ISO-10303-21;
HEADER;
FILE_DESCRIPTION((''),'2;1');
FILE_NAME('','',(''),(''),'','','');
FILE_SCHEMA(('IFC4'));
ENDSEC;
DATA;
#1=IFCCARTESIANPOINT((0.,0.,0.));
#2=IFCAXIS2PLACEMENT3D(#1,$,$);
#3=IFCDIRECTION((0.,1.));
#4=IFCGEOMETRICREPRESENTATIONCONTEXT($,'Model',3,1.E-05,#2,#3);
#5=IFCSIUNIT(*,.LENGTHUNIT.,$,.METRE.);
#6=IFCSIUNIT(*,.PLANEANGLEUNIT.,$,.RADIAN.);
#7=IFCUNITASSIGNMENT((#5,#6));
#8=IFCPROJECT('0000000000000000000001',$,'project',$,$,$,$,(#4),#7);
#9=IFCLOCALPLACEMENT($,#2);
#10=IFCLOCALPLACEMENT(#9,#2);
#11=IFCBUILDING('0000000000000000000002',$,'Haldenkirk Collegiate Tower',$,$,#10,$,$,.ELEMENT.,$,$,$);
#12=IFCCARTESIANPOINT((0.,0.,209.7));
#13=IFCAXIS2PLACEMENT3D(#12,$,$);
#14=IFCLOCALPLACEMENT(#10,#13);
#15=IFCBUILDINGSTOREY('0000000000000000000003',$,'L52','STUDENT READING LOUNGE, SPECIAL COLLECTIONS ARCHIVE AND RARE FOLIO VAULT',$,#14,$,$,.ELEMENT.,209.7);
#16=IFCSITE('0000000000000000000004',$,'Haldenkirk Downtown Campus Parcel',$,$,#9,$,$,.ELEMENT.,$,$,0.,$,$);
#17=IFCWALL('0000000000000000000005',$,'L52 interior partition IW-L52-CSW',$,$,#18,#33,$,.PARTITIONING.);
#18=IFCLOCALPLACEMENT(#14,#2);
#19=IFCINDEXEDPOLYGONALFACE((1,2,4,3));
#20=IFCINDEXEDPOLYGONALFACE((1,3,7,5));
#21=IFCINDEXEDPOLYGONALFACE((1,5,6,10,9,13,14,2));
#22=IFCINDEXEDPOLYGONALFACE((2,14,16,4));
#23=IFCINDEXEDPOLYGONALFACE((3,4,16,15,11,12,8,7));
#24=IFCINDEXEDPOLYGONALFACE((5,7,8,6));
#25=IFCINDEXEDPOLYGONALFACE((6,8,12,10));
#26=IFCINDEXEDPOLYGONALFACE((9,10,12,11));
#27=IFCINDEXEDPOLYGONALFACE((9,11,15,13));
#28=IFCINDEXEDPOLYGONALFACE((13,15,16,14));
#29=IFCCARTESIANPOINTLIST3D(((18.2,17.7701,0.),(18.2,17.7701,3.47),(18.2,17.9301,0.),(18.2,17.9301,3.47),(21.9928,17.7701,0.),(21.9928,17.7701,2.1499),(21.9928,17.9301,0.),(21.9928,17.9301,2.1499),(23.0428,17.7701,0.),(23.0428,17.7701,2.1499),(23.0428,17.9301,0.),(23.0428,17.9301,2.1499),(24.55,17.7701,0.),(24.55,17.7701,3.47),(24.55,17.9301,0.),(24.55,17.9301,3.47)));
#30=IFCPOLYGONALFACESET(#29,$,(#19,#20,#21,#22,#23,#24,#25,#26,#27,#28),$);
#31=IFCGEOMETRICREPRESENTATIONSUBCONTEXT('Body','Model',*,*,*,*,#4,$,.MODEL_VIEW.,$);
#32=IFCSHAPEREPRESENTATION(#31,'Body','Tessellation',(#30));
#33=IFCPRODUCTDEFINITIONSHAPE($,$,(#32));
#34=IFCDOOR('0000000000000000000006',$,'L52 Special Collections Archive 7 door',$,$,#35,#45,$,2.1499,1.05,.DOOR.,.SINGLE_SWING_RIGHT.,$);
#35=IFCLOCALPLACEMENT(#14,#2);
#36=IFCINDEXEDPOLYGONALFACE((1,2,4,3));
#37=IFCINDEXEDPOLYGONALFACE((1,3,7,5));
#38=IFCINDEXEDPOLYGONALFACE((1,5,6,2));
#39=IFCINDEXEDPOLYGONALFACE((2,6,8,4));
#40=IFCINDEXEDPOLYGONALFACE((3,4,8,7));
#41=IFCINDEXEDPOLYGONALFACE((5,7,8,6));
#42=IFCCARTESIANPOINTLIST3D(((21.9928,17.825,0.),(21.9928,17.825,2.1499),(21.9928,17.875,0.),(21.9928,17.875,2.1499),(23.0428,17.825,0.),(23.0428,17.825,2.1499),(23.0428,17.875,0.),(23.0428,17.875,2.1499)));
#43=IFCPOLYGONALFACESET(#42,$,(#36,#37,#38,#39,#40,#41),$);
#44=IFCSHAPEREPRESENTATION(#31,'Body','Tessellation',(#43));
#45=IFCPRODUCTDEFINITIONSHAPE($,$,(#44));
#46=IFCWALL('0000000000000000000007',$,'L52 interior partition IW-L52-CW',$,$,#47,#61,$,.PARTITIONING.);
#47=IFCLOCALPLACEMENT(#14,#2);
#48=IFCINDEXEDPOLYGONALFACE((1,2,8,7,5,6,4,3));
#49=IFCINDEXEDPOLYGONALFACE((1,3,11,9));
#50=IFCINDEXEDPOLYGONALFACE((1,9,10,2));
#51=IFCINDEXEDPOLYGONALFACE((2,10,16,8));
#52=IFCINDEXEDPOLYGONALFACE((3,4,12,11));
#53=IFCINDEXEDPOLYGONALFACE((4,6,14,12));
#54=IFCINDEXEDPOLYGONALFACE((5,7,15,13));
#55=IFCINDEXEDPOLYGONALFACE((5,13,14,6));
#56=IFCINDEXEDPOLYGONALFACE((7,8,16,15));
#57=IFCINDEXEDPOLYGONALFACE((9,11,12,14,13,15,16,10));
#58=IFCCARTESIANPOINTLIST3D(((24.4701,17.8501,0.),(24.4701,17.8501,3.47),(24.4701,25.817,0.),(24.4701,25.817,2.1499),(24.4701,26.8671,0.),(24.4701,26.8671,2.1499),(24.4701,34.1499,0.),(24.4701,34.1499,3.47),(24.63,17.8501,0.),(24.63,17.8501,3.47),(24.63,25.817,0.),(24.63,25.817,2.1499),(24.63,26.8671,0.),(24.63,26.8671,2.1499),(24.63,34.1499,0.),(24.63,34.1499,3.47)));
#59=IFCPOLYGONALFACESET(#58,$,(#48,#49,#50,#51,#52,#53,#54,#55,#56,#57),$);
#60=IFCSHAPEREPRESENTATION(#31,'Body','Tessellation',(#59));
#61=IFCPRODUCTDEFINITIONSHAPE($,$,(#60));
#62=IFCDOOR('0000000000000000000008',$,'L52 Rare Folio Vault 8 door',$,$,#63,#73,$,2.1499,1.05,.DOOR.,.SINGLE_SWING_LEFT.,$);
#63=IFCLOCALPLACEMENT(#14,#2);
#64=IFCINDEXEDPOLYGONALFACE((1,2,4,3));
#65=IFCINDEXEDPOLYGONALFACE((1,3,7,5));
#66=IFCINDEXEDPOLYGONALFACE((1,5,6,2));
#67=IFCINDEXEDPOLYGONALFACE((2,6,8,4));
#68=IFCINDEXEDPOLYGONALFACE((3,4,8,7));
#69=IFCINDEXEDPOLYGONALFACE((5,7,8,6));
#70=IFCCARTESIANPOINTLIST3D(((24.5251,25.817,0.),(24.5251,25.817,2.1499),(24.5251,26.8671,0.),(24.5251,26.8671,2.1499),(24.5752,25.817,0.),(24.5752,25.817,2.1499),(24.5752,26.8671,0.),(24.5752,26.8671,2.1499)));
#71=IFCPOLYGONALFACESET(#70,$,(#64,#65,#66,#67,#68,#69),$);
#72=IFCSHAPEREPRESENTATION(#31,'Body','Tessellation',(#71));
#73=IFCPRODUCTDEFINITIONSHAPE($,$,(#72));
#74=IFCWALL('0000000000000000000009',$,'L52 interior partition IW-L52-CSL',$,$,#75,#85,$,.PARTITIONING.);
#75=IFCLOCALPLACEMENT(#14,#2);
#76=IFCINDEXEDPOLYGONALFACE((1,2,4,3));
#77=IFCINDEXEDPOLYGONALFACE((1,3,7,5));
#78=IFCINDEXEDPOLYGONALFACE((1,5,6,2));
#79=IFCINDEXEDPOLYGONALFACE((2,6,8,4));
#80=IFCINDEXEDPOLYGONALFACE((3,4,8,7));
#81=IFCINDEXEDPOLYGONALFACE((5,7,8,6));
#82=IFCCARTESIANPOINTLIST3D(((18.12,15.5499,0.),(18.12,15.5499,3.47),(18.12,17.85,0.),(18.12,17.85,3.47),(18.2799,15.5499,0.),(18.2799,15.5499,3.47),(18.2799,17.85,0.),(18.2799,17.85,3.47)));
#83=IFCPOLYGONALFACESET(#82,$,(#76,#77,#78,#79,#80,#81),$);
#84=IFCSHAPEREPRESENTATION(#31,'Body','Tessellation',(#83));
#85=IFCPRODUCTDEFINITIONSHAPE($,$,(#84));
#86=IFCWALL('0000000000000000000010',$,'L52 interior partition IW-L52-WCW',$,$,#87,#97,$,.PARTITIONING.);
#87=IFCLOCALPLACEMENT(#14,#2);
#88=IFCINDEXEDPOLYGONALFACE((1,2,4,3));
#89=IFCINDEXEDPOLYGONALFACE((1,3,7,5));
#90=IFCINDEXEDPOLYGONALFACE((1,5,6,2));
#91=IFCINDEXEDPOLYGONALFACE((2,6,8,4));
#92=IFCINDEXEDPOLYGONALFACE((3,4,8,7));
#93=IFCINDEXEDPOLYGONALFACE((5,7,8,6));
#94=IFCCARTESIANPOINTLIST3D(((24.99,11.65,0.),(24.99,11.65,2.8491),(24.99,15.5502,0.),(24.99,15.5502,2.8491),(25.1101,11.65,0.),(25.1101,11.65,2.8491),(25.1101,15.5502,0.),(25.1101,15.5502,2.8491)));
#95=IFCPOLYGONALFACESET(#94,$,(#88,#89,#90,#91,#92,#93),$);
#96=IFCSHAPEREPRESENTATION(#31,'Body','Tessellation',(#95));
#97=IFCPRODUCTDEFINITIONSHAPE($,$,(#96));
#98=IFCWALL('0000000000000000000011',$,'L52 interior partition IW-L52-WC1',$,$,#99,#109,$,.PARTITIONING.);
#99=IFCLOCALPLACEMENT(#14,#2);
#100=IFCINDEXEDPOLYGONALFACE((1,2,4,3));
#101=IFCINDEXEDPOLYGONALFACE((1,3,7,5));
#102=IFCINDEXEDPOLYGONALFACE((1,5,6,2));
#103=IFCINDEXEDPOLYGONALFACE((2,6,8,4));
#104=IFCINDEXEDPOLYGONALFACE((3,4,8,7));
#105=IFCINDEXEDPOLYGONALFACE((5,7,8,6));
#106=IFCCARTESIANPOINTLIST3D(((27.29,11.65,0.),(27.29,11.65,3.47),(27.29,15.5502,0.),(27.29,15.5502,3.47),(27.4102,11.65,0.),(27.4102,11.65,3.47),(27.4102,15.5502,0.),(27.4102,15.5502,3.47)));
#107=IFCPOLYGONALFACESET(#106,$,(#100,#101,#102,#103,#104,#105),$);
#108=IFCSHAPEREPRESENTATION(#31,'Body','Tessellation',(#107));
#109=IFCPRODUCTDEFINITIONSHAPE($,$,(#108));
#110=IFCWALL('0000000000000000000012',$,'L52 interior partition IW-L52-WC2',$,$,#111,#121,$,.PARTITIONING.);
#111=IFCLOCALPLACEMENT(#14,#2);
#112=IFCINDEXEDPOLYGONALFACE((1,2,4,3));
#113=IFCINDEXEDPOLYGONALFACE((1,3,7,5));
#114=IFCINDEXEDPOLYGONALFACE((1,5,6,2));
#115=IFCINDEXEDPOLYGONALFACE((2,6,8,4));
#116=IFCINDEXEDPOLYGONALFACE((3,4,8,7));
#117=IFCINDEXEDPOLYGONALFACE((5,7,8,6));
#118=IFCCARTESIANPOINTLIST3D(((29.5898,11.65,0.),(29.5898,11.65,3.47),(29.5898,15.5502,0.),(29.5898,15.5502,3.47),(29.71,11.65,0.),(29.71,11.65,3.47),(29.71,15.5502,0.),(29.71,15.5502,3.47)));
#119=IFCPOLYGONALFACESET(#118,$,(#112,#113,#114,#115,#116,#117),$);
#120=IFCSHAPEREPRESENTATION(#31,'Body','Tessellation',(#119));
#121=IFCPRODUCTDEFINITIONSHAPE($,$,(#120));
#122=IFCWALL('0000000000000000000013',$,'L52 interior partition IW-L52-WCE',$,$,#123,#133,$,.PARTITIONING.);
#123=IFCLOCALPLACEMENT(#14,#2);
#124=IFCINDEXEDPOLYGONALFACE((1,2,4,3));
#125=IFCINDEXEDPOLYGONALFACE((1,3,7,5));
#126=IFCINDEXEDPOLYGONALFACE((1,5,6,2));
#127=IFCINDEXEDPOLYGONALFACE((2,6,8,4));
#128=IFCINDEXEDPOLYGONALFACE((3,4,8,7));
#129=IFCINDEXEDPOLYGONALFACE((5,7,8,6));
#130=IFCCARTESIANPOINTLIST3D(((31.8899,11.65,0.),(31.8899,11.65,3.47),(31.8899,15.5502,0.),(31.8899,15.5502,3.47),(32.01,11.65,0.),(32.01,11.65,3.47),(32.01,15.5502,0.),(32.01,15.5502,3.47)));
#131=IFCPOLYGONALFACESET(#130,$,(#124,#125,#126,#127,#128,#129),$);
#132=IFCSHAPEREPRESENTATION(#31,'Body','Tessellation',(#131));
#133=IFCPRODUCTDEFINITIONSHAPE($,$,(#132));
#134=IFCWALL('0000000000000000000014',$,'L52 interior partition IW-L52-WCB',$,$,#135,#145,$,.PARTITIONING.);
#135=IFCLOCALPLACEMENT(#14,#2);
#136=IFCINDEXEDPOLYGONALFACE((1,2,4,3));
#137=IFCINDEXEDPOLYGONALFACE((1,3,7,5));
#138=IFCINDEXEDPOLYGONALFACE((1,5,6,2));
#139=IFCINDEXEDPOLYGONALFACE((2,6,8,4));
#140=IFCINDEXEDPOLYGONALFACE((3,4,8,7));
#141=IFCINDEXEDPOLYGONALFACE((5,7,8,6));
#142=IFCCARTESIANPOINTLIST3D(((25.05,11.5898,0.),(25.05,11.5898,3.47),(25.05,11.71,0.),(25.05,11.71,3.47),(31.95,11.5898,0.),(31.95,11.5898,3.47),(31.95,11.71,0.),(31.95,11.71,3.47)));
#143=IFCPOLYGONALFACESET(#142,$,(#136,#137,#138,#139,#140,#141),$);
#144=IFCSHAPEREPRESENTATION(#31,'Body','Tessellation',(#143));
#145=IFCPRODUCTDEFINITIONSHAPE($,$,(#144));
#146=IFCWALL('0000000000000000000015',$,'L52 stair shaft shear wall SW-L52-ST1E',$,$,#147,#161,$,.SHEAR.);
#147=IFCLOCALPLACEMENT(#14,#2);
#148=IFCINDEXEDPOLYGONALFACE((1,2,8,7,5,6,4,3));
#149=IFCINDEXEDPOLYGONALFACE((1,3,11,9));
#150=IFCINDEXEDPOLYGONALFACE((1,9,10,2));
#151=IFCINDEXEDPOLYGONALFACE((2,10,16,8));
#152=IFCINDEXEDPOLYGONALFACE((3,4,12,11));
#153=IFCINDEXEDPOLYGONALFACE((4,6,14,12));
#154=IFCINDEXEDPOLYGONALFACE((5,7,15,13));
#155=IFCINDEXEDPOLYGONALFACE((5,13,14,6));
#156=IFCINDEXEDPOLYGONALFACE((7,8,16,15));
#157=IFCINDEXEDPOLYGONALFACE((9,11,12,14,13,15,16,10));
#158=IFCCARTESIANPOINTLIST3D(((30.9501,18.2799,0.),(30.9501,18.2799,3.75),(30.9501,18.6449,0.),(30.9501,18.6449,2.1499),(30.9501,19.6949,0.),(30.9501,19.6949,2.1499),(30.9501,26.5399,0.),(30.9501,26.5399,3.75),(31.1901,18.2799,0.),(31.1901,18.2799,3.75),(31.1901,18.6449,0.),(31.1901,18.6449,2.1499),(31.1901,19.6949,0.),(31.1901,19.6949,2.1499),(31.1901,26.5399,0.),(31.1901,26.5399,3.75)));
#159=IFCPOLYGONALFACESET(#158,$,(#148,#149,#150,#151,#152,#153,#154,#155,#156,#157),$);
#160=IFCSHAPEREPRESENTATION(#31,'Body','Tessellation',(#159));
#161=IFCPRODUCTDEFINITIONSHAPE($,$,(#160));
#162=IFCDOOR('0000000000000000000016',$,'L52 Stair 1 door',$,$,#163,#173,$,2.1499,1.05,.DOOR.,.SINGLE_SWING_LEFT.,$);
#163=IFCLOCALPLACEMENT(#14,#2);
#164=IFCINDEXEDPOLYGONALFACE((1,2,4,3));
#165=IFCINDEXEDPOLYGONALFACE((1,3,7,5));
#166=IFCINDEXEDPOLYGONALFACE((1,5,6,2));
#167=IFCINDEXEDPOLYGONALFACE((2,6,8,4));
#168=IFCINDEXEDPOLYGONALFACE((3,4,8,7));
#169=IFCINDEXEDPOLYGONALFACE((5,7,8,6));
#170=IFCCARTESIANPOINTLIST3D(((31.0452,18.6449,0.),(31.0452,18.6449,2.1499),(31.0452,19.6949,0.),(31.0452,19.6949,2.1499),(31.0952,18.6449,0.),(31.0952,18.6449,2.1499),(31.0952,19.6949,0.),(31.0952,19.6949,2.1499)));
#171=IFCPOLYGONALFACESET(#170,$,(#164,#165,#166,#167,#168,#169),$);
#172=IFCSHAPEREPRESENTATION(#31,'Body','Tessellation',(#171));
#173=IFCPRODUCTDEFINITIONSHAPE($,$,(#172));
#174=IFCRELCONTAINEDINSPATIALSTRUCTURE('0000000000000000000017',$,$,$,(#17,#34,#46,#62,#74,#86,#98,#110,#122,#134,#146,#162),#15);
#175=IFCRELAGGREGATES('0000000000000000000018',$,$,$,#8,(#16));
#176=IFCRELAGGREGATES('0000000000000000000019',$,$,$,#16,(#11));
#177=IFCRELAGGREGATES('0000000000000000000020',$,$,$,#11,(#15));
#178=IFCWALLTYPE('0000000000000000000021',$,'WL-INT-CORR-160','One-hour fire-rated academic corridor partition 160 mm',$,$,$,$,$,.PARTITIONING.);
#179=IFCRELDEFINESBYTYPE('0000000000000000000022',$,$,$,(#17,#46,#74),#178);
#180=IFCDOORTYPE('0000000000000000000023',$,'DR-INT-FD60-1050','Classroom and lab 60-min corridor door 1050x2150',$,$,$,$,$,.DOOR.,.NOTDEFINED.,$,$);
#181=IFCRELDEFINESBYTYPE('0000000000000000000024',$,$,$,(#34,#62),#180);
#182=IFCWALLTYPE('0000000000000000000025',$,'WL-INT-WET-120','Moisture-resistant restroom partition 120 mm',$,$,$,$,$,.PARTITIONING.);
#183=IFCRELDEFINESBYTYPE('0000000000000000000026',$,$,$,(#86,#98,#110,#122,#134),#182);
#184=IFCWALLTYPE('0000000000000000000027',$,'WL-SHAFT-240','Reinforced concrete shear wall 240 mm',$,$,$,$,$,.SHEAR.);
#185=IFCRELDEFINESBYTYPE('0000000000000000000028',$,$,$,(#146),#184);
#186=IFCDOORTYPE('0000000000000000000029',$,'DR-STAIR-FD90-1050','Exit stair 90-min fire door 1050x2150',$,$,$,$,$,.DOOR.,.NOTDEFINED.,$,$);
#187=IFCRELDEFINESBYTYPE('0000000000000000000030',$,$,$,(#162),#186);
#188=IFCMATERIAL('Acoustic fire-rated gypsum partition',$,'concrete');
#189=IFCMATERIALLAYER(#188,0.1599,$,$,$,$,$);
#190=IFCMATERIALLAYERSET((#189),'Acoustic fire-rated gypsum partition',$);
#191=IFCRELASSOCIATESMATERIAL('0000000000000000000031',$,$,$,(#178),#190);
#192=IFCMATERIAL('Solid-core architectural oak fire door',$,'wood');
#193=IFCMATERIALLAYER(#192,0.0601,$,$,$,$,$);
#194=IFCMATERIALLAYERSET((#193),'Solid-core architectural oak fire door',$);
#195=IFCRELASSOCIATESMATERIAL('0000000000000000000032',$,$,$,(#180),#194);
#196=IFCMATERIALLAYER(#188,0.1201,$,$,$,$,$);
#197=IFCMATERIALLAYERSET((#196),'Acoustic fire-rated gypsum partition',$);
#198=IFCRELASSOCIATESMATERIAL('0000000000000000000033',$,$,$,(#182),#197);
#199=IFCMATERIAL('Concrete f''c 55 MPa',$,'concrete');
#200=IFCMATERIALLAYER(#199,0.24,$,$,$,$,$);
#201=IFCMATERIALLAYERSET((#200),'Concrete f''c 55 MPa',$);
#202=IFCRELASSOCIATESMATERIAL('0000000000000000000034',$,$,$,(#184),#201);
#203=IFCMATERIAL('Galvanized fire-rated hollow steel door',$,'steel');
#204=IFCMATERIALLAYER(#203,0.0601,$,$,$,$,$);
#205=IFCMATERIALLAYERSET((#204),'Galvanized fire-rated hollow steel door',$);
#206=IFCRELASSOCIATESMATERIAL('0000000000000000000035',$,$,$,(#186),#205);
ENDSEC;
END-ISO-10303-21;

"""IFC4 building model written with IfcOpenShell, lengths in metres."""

from ifc_helpers import new_model, si_unit, direction, frame, frame_2d, origin, place, context, subcontext, project, spatial, rectangle, extrude, material, layer, layer_set, type_object, element, fill, save


model = new_model("IFC4")

# Units and contexts
model_context = context("Model", 3, precision=1e-05, world=origin(), true_north=direction((0.0, 1.0)))
body_context = subcontext(model_context, "Body", "Model", "MODEL_VIEW")
ifc_project = project(units=[si_unit("LENGTHUNIT", "METRE"), si_unit("PLANEANGLEUNIT", "RADIAN")], contexts=[model_context])

# Site, building, storey
site_placement = place(None, origin())
site = spatial("IfcSite", under=ifc_project, at=site_placement, Name="Haldenkirk Downtown Campus Parcel", CompositionType="ELEMENT", RefElevation=0.0)
building_placement = place(site_placement, origin())
building = spatial("IfcBuilding", under=site, at=building_placement, Name="Haldenkirk Collegiate Tower", CompositionType="ELEMENT")
storey_placement = place(building_placement, frame((0.0, 0.0, 209.7)))
storey = spatial("IfcBuildingStorey", under=building, at=storey_placement, Name="L52", Description="STUDENT READING LOUNGE, SPECIAL COLLECTIONS ARCHIVE AND RARE FOLIO VAULT", CompositionType="ELEMENT", Elevation=209.7)

# Shared definitions
ifc_material_1 = material(Name="Concrete f'c 55 MPa", Category="concrete")
ifc_material_2 = material(Name="Galvanized fire-rated hollow steel door", Category="steel")

# Shared definitions
ifc_material_3 = material(Name="Acoustic fire-rated gypsum partition", Category="concrete")
ifc_layer_1 = layer(ifc_material_3, 0.1599)
ifc_layer_set_1 = layer_set([ifc_layer_1], Name="Acoustic fire-rated gypsum partition")
wall_type_1 = type_object("IfcWallType", Name="WL-INT-CORR-160", Description="One-hour fire-rated academic corridor partition 160 mm", PredefinedType="PARTITIONING", material=ifc_layer_set_1)
ifc_material_4 = material(Name="Solid-core architectural oak fire door", Category="wood")
ifc_layer_2 = layer(ifc_material_4, 0.0601)
ifc_layer_set_2 = layer_set([ifc_layer_2], Name="Solid-core architectural oak fire door")
door_type_1 = type_object("IfcDoorType", Name="DR-INT-FD60-1050", Description="Classroom and lab 60-min corridor door 1050x2150", OperationType="NOTDEFINED", PredefinedType="DOOR", material=ifc_layer_set_2)

# Walls, openings, doors
wall_1_placement = place(storey_placement, frame((18.2, 17.8501, 0.0), z_axis=(0.0, 0.0, 1.0), x_axis=(1.0, 0.0, 0.0)))
wall_1 = element("IfcWall", 1, at=wall_1_placement, inside=storey, type_object=wall_type_1, Name="L52 interior partition IW-L52-CSW", PredefinedType="PARTITIONING", context=body_context, shape_type="SweptSolid", body=[
    extrude(rectangle(XDim=6.3501, YDim=0.1599, at=frame_2d((3.175, 0.0))), origin(), (0.0, 0.0, 1.0), 3.47),
])
opening_1_placement = place(wall_1_placement, frame((3.793, 0.0, 0.0)))
opening_1 = element("IfcOpeningElement", 2, at=opening_1_placement, cuts=wall_1, PredefinedType="OPENING", context=body_context, shape_type="SweptSolid", body=[
    extrude(rectangle(XDim=1.05, YDim=2.1499, at=frame_2d((0.5249, 1.075))), frame((0.0, 0.0898, 0.0), z_axis=(0.0, -1.0, 0.0), x_axis=(1.0, 0.0, 0.0)), (0.0, 0.0, 1.0), 0.1799),
])
door_1_placement = place(opening_1_placement, origin())
door_1 = element("IfcDoor", 3, at=door_1_placement, inside=storey, type_object=door_type_1, Name="L52 Special Collections Archive 7 door", OperationType="SINGLE_SWING_RIGHT", OverallHeight=2.1499, OverallWidth=1.05, PredefinedType="DOOR", context=body_context, shape_type="SweptSolid", body=[
    extrude(rectangle(XDim=1.05, YDim=2.1499, at=frame_2d((0.5249, 1.075))), frame((0.0, 0.0249, 0.0), z_axis=(0.0, -1.0, 0.0), x_axis=(1.0, 0.0, 0.0)), (0.0, 0.0, 1.0), 0.05),
])
fill(opening_1, door_1)
wall_2_placement = place(storey_placement, frame((24.55, 17.8501, 0.0), z_axis=(0.0, 0.0, 1.0), x_axis=(0.0, 1.0, 0.0)))
wall_2 = element("IfcWall", 4, at=wall_2_placement, inside=storey, type_object=wall_type_1, Name="L52 interior partition IW-L52-CW", PredefinedType="PARTITIONING", context=body_context, shape_type="SweptSolid", body=[
    extrude(rectangle(XDim=16.2998, YDim=0.1599, at=frame_2d((8.1499, 0.0))), origin(), (0.0, 0.0, 1.0), 3.47),
])
opening_2_placement = place(wall_2_placement, frame((7.967, 0.0, 0.0)))
opening_2 = element("IfcOpeningElement", 5, at=opening_2_placement, cuts=wall_2, PredefinedType="OPENING", context=body_context, shape_type="SweptSolid", body=[
    extrude(rectangle(XDim=1.05, YDim=2.1499, at=frame_2d((0.5249, 1.075))), frame((0.0, 0.0898, 0.0), z_axis=(0.0, -1.0, 0.0), x_axis=(1.0, 0.0, 0.0)), (0.0, 0.0, 1.0), 0.1799),
])
door_2_placement = place(opening_2_placement, origin())
door_2 = element("IfcDoor", 6, at=door_2_placement, inside=storey, type_object=door_type_1, Name="L52 Rare Folio Vault 8 door", OperationType="SINGLE_SWING_LEFT", OverallHeight=2.1499, OverallWidth=1.05, PredefinedType="DOOR", context=body_context, shape_type="SweptSolid", body=[
    extrude(rectangle(XDim=1.05, YDim=2.1499, at=frame_2d((0.5249, 1.075))), frame((0.0, 0.0249, 0.0), z_axis=(0.0, -1.0, 0.0), x_axis=(1.0, 0.0, 0.0)), (0.0, 0.0, 1.0), 0.05),
])
fill(opening_2, door_2)

# Walls
wall_3_placement = place(storey_placement, frame((18.2, 15.55, 0.0), z_axis=(0.0, 0.0, 1.0), x_axis=(0.0, 1.0, 0.0)))
element("IfcWall", 7, at=wall_3_placement, inside=storey, type_object=wall_type_1, Name="L52 interior partition IW-L52-CSL", PredefinedType="PARTITIONING", context=body_context, shape_type="SweptSolid", body=[
    extrude(rectangle(XDim=2.3, YDim=0.1599, at=frame_2d((1.1499, 0.0))), origin(), (0.0, 0.0, 1.0), 3.47),
])
ifc_layer_3 = layer(ifc_material_3, 0.1201)
ifc_layer_set_3 = layer_set([ifc_layer_3], Name="Acoustic fire-rated gypsum partition")
wall_type_2 = type_object("IfcWallType", Name="WL-INT-WET-120", Description="Moisture-resistant restroom partition 120 mm", PredefinedType="PARTITIONING", material=ifc_layer_set_3)
wall_4_placement = place(storey_placement, frame((25.05, 11.6499, 0.0), z_axis=(0.0, 0.0, 1.0), x_axis=(0.0, 1.0, 0.0)))
element("IfcWall", 8, at=wall_4_placement, inside=storey, type_object=wall_type_2, Name="L52 interior partition IW-L52-WCW", PredefinedType="PARTITIONING", context=body_context, shape_type="SweptSolid", body=[
    extrude(rectangle(XDim=3.9001, YDim=0.1201, at=frame_2d((1.9502, 0.0))), origin(), (0.0, 0.0, 1.0), 2.8491),
])
for number, where, z_axis, x_axis, name in (
    (9, (27.3501, 11.6499, 0.0), (0.0, 0.0, 1.0), (0.0, 1.0, 0.0), "L52 interior partition IW-L52-WC1"),
    (10, (29.6499, 11.6499, 0.0), (0.0, 0.0, 1.0), (0.0, 1.0, 0.0), "L52 interior partition IW-L52-WC2"),
    (11, (31.95, 11.6499, 0.0), (0.0, 0.0, 1.0), (0.0, 1.0, 0.0), "L52 interior partition IW-L52-WCE"),
):
    element("IfcWall", number, at=place(storey_placement, frame(where, z_axis=z_axis, x_axis=x_axis)), inside=storey, type_object=wall_type_2, Name=name, PredefinedType="PARTITIONING", context=body_context, shape_type="SweptSolid", body=[
        extrude(rectangle(XDim=3.9001, YDim=0.1201, at=frame_2d((1.9502, 0.0))), origin(), (0.0, 0.0, 1.0), 3.47),
    ])
wall_5_placement = place(storey_placement, frame((25.05, 11.6499, 0.0), z_axis=(0.0, 0.0, 1.0), x_axis=(1.0, 0.0, 0.0)))
element("IfcWall", 12, at=wall_5_placement, inside=storey, type_object=wall_type_2, Name="L52 interior partition IW-L52-WCB", PredefinedType="PARTITIONING", context=body_context, shape_type="SweptSolid", body=[
    extrude(rectangle(XDim=6.8999, YDim=0.1201, at=frame_2d((3.45, 0.0))), origin(), (0.0, 0.0, 1.0), 3.47),
])

# Wall, opening, door
ifc_layer_4 = layer(ifc_material_1, 0.24)
ifc_layer_set_4 = layer_set([ifc_layer_4], Name="Concrete f'c 55 MPa")
wall_type_3 = type_object("IfcWallType", Name="WL-SHAFT-240", Description="Reinforced concrete shear wall 240 mm", PredefinedType="SHEAR", material=ifc_layer_set_4)
wall_6_placement = place(storey_placement, frame((31.0701, 18.28, 0.0), z_axis=(0.0, 0.0, 1.0), x_axis=(0.0, 1.0, 0.0)))
wall_6 = element("IfcWall", 13, at=wall_6_placement, inside=storey, type_object=wall_type_3, Name="L52 stair shaft shear wall SW-L52-ST1E", PredefinedType="SHEAR", context=body_context, shape_type="SweptSolid", body=[
    extrude(rectangle(XDim=8.26, YDim=0.24, at=frame_2d((4.1299, 0.0))), origin(), (0.0, 0.0, 1.0), 3.75),
])
opening_3_placement = place(wall_6_placement, frame((0.365, 0.0, 0.0)))
opening_3 = element("IfcOpeningElement", 14, at=opening_3_placement, cuts=wall_6, PredefinedType="OPENING", context=body_context, shape_type="SweptSolid", body=[
    extrude(rectangle(XDim=1.05, YDim=2.1499, at=frame_2d((0.5249, 1.075))), frame((0.0, 0.1299, 0.0), z_axis=(0.0, -1.0, 0.0), x_axis=(1.0, 0.0, 0.0)), (0.0, 0.0, 1.0), 0.26),
])
ifc_layer_5 = layer(ifc_material_2, 0.0601)
ifc_layer_set_5 = layer_set([ifc_layer_5], Name="Galvanized fire-rated hollow steel door")
door_type_2 = type_object("IfcDoorType", Name="DR-STAIR-FD90-1050", Description="Exit stair 90-min fire door 1050x2150", OperationType="NOTDEFINED", PredefinedType="DOOR", material=ifc_layer_set_5)
door_3_placement = place(opening_3_placement, origin())
door_3 = element("IfcDoor", 15, at=door_3_placement, inside=storey, type_object=door_type_2, Name="L52 Stair 1 door", OperationType="SINGLE_SWING_LEFT", OverallHeight=2.1499, OverallWidth=1.05, PredefinedType="DOOR", context=body_context, shape_type="SweptSolid", body=[
    extrude(rectangle(XDim=1.05, YDim=2.1499, at=frame_2d((0.5249, 1.075))), frame((0.0, 0.0249, 0.0), z_axis=(0.0, -1.0, 0.0), x_axis=(1.0, 0.0, 0.0)), (0.0, 0.0, 1.0), 0.05),
])
fill(opening_3, door_3)

save(model, "model.ifc")
